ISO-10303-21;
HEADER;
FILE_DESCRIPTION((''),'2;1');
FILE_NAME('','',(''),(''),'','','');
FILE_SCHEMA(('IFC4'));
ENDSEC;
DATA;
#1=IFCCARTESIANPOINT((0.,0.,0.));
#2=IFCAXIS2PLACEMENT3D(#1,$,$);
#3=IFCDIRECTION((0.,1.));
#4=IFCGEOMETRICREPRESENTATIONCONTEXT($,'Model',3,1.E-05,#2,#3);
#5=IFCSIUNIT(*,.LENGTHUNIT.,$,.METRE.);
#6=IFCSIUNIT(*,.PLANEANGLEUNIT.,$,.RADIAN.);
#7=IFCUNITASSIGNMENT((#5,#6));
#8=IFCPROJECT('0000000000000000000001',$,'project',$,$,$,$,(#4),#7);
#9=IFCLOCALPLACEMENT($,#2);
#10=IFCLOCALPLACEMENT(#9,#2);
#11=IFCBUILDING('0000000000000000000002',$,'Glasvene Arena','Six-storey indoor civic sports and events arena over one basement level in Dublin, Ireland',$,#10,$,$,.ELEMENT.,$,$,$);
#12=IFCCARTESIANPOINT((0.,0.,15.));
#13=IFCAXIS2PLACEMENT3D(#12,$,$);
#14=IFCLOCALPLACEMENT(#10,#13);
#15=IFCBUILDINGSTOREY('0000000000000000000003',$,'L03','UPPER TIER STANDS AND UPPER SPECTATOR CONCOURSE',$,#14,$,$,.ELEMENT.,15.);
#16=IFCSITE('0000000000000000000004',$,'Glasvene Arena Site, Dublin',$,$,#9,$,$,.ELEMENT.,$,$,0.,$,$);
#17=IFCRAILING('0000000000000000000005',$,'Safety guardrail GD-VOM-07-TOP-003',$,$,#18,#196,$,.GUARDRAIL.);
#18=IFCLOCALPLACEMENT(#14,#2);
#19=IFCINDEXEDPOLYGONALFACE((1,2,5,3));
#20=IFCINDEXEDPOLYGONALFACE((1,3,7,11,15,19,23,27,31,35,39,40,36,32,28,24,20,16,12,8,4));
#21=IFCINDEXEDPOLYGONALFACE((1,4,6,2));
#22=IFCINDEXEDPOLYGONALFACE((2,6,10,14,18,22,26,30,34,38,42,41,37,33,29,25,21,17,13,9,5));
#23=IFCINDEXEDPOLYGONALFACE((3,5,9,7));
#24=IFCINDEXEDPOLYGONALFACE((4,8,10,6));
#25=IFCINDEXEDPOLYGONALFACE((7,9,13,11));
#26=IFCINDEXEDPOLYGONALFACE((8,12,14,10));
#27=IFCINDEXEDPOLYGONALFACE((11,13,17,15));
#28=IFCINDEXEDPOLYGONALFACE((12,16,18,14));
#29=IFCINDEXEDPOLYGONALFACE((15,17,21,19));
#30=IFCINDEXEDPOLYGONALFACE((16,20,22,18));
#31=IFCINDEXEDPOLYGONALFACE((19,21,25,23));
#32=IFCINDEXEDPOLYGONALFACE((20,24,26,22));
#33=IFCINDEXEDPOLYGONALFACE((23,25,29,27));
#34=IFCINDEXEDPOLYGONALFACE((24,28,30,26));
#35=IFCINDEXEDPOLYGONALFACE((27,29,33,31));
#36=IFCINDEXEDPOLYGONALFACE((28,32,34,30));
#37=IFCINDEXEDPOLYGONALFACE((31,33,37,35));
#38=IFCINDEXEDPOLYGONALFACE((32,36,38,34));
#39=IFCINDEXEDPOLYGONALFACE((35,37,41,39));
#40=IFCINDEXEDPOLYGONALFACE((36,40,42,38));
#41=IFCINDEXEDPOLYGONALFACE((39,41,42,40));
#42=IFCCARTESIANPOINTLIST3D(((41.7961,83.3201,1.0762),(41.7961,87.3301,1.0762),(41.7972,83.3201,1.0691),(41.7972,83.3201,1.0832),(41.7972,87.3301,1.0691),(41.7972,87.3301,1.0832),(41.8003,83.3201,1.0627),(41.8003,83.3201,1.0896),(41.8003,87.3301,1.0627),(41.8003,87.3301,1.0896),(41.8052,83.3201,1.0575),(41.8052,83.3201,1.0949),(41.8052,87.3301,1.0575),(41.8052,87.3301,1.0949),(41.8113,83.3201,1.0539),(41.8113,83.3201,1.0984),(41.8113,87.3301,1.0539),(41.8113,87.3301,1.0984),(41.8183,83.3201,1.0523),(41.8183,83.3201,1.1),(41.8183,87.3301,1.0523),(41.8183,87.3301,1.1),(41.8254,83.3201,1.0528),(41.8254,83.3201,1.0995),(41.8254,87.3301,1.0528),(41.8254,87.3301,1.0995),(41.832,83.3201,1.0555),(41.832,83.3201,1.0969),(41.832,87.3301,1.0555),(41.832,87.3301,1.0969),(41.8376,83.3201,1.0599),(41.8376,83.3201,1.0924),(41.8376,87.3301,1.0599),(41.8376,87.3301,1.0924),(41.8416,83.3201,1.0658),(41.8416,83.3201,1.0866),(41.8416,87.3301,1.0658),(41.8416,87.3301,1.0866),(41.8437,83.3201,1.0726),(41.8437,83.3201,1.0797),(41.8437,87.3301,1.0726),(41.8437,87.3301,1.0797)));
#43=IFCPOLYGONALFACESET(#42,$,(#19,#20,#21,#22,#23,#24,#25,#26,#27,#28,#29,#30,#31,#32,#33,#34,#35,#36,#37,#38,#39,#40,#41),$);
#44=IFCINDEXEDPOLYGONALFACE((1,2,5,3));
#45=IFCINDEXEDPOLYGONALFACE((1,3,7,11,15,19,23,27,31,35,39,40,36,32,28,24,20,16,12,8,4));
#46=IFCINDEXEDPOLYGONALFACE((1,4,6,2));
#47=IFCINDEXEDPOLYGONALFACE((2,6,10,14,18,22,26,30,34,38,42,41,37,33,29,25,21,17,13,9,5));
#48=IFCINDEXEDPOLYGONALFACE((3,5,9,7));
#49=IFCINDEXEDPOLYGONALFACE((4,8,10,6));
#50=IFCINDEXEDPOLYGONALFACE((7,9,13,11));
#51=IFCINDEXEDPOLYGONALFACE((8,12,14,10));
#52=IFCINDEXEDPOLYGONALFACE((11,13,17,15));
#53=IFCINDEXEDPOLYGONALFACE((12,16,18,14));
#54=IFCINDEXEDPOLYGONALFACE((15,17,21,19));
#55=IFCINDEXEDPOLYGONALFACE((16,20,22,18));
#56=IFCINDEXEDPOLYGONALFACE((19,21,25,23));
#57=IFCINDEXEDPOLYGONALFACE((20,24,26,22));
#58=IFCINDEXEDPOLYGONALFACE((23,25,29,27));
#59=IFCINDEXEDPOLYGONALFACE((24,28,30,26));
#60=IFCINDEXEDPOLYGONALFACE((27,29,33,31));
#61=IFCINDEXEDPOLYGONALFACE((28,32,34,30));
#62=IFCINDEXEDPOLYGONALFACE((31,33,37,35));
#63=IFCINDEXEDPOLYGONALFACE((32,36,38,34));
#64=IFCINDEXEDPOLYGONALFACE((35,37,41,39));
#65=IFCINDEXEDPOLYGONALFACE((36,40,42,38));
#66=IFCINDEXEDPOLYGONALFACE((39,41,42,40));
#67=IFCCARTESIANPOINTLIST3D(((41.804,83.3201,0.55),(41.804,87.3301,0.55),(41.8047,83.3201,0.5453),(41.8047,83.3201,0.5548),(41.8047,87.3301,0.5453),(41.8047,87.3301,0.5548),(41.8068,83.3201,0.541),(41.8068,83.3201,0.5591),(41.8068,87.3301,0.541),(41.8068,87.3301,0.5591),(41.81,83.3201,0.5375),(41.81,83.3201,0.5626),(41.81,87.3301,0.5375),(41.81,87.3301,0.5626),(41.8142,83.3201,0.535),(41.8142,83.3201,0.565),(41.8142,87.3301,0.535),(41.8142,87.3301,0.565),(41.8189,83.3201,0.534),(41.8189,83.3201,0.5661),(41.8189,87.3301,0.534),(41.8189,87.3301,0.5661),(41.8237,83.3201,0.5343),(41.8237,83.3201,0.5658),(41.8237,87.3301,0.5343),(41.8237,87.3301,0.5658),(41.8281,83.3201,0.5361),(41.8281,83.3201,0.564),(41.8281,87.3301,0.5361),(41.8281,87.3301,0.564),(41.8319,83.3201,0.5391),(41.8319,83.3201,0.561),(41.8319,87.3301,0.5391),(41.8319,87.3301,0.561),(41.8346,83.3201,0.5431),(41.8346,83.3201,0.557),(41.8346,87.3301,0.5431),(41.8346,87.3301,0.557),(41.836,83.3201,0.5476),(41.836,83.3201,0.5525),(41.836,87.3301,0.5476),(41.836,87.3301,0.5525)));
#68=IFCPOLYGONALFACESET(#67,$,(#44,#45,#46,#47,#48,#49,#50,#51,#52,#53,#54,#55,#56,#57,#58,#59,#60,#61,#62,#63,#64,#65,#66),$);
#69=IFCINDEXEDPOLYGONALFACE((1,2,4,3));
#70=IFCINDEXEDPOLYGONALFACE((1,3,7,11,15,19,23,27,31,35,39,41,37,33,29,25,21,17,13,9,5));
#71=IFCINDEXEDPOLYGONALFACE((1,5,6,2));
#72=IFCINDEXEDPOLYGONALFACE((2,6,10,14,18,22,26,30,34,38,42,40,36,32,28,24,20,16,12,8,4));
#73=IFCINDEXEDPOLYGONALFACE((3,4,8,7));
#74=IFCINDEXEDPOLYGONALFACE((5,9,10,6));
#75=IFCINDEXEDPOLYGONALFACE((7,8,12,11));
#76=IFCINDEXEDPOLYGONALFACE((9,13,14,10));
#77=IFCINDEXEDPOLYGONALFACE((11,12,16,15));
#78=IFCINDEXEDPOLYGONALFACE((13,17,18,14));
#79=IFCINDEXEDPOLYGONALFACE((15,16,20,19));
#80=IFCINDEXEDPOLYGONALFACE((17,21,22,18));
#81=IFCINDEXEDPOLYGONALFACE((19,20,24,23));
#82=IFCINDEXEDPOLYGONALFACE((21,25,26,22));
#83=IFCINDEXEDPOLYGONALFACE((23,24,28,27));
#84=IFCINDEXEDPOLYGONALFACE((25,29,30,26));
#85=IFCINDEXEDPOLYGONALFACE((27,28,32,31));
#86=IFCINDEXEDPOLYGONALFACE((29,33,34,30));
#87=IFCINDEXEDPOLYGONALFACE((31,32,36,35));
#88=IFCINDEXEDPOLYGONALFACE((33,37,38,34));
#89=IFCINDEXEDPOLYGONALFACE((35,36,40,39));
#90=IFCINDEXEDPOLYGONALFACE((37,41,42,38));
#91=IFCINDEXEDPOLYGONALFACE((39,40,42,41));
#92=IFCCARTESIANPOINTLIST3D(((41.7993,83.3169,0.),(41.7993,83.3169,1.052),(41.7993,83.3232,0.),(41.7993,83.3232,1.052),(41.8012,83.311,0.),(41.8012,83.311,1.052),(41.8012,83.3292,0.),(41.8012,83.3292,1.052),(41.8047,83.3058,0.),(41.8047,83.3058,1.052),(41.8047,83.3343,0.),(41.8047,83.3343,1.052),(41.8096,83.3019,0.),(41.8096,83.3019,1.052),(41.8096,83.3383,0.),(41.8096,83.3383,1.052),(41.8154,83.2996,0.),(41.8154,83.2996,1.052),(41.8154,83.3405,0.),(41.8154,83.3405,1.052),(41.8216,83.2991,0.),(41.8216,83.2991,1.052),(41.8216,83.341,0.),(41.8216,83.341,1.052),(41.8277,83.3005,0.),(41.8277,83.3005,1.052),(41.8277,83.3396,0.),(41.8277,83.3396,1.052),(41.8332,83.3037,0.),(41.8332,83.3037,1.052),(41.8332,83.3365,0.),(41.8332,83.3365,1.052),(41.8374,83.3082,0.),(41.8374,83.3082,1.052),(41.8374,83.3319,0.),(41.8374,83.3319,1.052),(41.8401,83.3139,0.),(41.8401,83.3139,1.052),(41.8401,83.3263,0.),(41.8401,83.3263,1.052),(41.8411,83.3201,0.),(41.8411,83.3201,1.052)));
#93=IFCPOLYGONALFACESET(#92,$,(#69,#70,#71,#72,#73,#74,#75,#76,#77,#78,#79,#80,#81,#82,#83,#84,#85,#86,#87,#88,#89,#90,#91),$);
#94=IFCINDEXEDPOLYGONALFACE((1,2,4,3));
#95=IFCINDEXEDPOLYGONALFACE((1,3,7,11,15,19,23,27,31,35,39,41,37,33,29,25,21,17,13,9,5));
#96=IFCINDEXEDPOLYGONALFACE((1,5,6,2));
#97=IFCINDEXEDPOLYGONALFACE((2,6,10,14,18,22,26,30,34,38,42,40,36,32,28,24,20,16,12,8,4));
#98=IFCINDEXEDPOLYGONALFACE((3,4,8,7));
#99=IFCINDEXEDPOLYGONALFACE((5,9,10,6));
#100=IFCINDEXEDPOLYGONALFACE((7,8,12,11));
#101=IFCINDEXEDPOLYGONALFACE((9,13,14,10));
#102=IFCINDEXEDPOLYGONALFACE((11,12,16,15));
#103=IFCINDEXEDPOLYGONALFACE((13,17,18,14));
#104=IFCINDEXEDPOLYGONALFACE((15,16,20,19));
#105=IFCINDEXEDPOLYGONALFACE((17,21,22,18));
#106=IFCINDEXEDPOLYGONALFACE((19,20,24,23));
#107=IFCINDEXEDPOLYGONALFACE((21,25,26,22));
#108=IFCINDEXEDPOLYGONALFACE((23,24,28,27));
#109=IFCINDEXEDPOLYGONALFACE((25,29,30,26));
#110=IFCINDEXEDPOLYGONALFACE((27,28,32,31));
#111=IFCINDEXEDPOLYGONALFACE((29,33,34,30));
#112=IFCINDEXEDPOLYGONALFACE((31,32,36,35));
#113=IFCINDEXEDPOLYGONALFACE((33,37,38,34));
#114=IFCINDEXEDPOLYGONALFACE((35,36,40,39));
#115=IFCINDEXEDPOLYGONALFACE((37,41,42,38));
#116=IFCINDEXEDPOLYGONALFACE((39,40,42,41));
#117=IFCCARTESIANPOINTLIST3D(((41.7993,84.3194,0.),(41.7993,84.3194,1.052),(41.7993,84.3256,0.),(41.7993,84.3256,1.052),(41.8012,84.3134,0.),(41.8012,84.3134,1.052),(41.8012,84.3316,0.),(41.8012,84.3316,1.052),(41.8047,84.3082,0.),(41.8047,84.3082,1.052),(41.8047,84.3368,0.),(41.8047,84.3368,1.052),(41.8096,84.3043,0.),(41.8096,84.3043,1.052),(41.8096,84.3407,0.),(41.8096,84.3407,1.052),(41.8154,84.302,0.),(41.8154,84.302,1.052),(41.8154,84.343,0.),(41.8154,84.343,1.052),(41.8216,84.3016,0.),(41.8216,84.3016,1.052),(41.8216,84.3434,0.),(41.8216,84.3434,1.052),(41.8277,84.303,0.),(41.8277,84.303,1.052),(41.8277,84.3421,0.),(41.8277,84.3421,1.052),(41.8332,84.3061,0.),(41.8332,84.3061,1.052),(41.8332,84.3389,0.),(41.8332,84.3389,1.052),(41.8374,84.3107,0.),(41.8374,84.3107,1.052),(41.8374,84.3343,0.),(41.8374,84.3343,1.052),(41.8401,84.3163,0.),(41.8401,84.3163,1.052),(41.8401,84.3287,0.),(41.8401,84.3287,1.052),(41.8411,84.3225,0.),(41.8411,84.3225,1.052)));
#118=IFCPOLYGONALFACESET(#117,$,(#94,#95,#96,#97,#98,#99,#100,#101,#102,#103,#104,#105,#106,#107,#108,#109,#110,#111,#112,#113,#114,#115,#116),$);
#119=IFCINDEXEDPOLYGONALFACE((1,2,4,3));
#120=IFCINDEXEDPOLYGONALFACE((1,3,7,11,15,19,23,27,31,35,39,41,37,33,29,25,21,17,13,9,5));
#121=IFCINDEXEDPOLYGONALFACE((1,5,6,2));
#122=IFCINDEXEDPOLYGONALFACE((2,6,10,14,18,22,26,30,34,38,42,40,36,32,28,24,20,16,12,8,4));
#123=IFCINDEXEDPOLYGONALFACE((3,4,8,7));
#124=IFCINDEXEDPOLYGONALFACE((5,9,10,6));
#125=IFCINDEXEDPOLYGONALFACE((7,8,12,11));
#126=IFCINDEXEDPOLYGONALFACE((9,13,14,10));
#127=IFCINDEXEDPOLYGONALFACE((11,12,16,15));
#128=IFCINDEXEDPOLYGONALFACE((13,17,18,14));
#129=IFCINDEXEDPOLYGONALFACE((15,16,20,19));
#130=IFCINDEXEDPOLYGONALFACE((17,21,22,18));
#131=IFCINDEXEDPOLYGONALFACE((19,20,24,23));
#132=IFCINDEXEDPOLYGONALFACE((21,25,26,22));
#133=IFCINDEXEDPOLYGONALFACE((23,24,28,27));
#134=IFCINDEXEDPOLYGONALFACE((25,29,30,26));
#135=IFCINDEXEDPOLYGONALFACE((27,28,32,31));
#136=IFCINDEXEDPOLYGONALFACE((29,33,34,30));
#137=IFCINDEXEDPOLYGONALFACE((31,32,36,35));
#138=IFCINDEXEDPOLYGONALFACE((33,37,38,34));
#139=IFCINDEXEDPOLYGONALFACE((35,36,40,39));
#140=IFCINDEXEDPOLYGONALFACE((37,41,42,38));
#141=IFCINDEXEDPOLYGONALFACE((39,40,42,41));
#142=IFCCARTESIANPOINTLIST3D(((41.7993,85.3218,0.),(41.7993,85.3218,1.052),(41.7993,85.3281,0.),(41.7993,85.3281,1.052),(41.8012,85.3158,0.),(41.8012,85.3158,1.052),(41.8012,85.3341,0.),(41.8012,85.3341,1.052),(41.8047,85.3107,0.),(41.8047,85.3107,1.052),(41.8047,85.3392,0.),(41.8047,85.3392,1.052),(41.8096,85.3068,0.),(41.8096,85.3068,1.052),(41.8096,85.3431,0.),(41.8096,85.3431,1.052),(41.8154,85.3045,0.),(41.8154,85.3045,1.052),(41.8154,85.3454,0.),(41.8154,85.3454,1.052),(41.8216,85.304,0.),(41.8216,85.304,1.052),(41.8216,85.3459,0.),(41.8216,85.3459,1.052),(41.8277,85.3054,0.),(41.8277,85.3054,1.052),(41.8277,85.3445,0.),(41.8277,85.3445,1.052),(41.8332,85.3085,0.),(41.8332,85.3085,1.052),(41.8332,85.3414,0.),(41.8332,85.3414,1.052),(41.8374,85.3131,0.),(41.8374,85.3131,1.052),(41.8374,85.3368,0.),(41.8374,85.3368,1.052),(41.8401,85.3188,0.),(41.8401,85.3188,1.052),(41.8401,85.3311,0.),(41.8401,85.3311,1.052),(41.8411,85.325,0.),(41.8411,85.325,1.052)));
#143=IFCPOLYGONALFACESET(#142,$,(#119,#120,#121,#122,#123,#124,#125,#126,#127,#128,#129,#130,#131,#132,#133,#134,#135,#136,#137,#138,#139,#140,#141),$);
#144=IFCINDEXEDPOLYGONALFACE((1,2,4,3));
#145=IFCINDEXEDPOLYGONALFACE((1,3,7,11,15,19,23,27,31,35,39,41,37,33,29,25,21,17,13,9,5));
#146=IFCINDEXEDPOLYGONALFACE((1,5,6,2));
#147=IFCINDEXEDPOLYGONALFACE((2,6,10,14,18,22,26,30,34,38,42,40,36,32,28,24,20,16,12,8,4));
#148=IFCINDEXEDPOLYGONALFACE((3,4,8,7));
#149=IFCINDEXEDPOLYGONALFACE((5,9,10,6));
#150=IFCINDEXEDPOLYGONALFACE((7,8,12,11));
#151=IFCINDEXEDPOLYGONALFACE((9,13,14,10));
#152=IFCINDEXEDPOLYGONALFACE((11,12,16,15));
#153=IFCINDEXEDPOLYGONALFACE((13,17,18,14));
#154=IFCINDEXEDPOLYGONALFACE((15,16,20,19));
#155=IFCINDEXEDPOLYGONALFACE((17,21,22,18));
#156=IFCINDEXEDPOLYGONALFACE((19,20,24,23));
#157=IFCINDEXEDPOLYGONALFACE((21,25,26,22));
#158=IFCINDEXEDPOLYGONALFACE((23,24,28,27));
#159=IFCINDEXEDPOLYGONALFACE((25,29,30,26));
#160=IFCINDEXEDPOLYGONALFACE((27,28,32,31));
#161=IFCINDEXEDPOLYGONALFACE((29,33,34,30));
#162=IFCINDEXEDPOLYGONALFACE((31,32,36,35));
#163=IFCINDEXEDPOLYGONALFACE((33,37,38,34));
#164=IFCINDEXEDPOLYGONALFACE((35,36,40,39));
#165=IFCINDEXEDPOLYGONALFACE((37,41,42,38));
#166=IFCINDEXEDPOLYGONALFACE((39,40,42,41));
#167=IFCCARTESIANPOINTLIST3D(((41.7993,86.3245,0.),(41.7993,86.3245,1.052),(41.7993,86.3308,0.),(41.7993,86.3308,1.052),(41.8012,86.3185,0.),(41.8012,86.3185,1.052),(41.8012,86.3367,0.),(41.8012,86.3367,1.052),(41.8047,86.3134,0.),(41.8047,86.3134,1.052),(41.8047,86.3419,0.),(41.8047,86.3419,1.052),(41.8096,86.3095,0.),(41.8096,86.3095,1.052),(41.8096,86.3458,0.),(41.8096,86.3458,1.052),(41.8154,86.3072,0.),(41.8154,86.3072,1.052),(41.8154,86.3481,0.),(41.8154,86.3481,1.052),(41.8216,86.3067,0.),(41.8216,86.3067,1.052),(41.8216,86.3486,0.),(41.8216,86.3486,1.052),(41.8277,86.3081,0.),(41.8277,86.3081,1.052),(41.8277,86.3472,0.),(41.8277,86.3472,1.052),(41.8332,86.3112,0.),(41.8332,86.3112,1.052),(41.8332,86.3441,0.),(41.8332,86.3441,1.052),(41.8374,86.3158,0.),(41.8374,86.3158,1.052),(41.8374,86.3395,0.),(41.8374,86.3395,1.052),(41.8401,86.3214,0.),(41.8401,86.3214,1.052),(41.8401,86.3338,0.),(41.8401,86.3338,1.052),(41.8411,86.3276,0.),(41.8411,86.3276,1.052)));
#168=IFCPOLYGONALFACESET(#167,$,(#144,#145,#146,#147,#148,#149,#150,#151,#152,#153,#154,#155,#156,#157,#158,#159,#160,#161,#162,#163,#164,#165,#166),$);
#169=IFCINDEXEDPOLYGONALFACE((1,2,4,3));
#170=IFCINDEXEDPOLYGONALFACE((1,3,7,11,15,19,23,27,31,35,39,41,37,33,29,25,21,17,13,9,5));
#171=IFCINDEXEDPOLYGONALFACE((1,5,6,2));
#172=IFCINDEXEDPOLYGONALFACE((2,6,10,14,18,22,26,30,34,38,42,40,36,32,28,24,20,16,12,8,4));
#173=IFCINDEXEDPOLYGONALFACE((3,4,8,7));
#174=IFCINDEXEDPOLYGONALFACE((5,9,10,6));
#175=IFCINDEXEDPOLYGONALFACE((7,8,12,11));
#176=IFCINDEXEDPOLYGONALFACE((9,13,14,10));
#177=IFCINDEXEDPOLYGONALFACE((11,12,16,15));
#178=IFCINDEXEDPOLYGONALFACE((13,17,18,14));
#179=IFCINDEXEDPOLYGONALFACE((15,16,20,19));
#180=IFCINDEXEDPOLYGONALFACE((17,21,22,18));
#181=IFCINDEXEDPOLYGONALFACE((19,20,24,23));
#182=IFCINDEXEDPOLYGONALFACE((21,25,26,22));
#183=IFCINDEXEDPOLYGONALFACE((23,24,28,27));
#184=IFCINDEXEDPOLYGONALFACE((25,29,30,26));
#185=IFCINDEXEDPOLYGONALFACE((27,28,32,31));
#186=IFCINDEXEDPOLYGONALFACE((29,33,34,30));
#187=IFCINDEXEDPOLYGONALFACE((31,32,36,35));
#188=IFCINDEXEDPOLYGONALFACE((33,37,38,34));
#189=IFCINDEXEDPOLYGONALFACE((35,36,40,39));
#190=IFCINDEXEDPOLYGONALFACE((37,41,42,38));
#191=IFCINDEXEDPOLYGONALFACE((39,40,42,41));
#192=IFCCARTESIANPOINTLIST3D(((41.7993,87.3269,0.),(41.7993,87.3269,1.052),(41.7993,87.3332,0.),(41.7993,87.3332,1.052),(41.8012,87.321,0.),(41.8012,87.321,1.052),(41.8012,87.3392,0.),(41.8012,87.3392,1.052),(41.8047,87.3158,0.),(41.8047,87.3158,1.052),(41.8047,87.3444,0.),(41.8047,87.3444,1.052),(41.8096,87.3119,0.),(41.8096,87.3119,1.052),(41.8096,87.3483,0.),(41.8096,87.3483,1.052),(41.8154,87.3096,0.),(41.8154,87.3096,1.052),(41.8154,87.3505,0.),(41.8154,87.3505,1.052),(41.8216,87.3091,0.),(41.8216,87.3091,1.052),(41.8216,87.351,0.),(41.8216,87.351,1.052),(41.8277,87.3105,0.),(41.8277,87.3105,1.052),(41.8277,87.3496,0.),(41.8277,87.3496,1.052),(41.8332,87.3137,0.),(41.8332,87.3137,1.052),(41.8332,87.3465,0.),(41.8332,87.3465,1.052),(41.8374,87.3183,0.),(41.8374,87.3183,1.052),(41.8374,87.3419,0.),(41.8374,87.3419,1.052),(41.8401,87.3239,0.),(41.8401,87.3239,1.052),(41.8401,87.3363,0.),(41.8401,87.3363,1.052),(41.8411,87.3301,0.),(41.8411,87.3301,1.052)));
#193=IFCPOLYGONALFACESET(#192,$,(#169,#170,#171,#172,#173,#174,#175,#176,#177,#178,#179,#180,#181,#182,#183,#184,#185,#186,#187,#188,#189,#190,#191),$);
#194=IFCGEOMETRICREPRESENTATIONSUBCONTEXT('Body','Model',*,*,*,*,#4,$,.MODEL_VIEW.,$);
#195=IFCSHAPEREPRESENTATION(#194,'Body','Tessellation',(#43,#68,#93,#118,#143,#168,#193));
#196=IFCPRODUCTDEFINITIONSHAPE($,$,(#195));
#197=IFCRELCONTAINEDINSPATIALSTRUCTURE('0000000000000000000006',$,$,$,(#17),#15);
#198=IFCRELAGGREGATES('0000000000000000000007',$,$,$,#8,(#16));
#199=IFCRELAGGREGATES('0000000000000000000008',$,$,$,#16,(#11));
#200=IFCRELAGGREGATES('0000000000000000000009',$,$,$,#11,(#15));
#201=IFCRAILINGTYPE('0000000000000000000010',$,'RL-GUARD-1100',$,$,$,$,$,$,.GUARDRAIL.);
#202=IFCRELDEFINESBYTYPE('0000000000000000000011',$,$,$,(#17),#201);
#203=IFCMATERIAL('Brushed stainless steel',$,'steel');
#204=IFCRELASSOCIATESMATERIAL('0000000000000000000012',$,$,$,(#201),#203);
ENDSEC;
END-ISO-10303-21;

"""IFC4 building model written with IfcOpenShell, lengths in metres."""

from ifc_helpers import new_model, si_unit, direction, frame, origin, origin_2d, place, context, subcontext, project, spatial, circle, extrude, material, type_object, element, save


model = new_model("IFC4")

# Units and contexts
model_context = context("Model", 3, precision=1e-05, world=origin(), true_north=direction((0.0, 1.0)))
body_context = subcontext(model_context, "Body", "Model", "MODEL_VIEW")
ifc_project = project(units=[si_unit("LENGTHUNIT", "METRE"), si_unit("PLANEANGLEUNIT", "RADIAN")], contexts=[model_context])

# Site, building, storey
site_placement = place(None, origin())
site = spatial("IfcSite", under=ifc_project, at=site_placement, Name="Glasvene Arena Site, Dublin", CompositionType="ELEMENT", RefElevation=0.0)
building_placement = place(site_placement, origin())
building = spatial("IfcBuilding", under=site, at=building_placement, Name="Glasvene Arena", Description="Six-storey indoor civic sports and events arena over one basement level in Dublin, Ireland", CompositionType="ELEMENT")
storey_placement = place(building_placement, frame((0.0, 0.0, 15.0)))
storey = spatial("IfcBuildingStorey", under=building, at=storey_placement, Name="L03", Description="UPPER TIER STANDS AND UPPER SPECTATOR CONCOURSE", CompositionType="ELEMENT", Elevation=15.0)

# Railing
ifc_material_1 = material(Name="Brushed stainless steel", Category="steel")
railing_type_1 = type_object("IfcRailingType", Name="RL-GUARD-1100", PredefinedType="GUARDRAIL", material=ifc_material_1)
railing_1_placement = place(storey_placement, frame((41.8201, 83.3201, 0.0)))
element("IfcRailing", 1, at=railing_1_placement, inside=storey, type_object=railing_type_1, Name="Safety guardrail GD-VOM-07-TOP-003", PredefinedType="GUARDRAIL", context=body_context, shape_type="SweptSolid", body=[
    extrude(circle(Radius=0.0239, at=origin_2d()), frame((0.0, 0.0, 1.0762), z_axis=(0.0, 1.0, 0.0), x_axis=(-1.0, 0.0, 0.0)), (0.0, 0.0, 1.0), 4.01),
    extrude(circle(Radius=0.0161, at=origin_2d()), frame((0.0, 0.0, 0.55), z_axis=(0.0, 1.0, 0.0), x_axis=(-1.0, 0.0, 0.0)), (0.0, 0.0, 1.0), 4.01),
    extrude(circle(Radius=0.021, at=origin_2d()), origin(), (0.0, 0.0, 1.0), 1.052),
    extrude(circle(Radius=0.021, at=origin_2d()), frame((0.0, 1.0024, 0.0)), (0.0, 0.0, 1.0), 1.052),
    extrude(circle(Radius=0.021, at=origin_2d()), frame((0.0, 2.0049, 0.0)), (0.0, 0.0, 1.0), 1.052),
    extrude(circle(Radius=0.021, at=origin_2d()), frame((0.0, 3.0076, 0.0)), (0.0, 0.0, 1.0), 1.052),
    extrude(circle(Radius=0.021, at=origin_2d()), frame((0.0, 4.01, 0.0)), (0.0, 0.0, 1.0), 1.052),
])

save(model, "model.ifc")
